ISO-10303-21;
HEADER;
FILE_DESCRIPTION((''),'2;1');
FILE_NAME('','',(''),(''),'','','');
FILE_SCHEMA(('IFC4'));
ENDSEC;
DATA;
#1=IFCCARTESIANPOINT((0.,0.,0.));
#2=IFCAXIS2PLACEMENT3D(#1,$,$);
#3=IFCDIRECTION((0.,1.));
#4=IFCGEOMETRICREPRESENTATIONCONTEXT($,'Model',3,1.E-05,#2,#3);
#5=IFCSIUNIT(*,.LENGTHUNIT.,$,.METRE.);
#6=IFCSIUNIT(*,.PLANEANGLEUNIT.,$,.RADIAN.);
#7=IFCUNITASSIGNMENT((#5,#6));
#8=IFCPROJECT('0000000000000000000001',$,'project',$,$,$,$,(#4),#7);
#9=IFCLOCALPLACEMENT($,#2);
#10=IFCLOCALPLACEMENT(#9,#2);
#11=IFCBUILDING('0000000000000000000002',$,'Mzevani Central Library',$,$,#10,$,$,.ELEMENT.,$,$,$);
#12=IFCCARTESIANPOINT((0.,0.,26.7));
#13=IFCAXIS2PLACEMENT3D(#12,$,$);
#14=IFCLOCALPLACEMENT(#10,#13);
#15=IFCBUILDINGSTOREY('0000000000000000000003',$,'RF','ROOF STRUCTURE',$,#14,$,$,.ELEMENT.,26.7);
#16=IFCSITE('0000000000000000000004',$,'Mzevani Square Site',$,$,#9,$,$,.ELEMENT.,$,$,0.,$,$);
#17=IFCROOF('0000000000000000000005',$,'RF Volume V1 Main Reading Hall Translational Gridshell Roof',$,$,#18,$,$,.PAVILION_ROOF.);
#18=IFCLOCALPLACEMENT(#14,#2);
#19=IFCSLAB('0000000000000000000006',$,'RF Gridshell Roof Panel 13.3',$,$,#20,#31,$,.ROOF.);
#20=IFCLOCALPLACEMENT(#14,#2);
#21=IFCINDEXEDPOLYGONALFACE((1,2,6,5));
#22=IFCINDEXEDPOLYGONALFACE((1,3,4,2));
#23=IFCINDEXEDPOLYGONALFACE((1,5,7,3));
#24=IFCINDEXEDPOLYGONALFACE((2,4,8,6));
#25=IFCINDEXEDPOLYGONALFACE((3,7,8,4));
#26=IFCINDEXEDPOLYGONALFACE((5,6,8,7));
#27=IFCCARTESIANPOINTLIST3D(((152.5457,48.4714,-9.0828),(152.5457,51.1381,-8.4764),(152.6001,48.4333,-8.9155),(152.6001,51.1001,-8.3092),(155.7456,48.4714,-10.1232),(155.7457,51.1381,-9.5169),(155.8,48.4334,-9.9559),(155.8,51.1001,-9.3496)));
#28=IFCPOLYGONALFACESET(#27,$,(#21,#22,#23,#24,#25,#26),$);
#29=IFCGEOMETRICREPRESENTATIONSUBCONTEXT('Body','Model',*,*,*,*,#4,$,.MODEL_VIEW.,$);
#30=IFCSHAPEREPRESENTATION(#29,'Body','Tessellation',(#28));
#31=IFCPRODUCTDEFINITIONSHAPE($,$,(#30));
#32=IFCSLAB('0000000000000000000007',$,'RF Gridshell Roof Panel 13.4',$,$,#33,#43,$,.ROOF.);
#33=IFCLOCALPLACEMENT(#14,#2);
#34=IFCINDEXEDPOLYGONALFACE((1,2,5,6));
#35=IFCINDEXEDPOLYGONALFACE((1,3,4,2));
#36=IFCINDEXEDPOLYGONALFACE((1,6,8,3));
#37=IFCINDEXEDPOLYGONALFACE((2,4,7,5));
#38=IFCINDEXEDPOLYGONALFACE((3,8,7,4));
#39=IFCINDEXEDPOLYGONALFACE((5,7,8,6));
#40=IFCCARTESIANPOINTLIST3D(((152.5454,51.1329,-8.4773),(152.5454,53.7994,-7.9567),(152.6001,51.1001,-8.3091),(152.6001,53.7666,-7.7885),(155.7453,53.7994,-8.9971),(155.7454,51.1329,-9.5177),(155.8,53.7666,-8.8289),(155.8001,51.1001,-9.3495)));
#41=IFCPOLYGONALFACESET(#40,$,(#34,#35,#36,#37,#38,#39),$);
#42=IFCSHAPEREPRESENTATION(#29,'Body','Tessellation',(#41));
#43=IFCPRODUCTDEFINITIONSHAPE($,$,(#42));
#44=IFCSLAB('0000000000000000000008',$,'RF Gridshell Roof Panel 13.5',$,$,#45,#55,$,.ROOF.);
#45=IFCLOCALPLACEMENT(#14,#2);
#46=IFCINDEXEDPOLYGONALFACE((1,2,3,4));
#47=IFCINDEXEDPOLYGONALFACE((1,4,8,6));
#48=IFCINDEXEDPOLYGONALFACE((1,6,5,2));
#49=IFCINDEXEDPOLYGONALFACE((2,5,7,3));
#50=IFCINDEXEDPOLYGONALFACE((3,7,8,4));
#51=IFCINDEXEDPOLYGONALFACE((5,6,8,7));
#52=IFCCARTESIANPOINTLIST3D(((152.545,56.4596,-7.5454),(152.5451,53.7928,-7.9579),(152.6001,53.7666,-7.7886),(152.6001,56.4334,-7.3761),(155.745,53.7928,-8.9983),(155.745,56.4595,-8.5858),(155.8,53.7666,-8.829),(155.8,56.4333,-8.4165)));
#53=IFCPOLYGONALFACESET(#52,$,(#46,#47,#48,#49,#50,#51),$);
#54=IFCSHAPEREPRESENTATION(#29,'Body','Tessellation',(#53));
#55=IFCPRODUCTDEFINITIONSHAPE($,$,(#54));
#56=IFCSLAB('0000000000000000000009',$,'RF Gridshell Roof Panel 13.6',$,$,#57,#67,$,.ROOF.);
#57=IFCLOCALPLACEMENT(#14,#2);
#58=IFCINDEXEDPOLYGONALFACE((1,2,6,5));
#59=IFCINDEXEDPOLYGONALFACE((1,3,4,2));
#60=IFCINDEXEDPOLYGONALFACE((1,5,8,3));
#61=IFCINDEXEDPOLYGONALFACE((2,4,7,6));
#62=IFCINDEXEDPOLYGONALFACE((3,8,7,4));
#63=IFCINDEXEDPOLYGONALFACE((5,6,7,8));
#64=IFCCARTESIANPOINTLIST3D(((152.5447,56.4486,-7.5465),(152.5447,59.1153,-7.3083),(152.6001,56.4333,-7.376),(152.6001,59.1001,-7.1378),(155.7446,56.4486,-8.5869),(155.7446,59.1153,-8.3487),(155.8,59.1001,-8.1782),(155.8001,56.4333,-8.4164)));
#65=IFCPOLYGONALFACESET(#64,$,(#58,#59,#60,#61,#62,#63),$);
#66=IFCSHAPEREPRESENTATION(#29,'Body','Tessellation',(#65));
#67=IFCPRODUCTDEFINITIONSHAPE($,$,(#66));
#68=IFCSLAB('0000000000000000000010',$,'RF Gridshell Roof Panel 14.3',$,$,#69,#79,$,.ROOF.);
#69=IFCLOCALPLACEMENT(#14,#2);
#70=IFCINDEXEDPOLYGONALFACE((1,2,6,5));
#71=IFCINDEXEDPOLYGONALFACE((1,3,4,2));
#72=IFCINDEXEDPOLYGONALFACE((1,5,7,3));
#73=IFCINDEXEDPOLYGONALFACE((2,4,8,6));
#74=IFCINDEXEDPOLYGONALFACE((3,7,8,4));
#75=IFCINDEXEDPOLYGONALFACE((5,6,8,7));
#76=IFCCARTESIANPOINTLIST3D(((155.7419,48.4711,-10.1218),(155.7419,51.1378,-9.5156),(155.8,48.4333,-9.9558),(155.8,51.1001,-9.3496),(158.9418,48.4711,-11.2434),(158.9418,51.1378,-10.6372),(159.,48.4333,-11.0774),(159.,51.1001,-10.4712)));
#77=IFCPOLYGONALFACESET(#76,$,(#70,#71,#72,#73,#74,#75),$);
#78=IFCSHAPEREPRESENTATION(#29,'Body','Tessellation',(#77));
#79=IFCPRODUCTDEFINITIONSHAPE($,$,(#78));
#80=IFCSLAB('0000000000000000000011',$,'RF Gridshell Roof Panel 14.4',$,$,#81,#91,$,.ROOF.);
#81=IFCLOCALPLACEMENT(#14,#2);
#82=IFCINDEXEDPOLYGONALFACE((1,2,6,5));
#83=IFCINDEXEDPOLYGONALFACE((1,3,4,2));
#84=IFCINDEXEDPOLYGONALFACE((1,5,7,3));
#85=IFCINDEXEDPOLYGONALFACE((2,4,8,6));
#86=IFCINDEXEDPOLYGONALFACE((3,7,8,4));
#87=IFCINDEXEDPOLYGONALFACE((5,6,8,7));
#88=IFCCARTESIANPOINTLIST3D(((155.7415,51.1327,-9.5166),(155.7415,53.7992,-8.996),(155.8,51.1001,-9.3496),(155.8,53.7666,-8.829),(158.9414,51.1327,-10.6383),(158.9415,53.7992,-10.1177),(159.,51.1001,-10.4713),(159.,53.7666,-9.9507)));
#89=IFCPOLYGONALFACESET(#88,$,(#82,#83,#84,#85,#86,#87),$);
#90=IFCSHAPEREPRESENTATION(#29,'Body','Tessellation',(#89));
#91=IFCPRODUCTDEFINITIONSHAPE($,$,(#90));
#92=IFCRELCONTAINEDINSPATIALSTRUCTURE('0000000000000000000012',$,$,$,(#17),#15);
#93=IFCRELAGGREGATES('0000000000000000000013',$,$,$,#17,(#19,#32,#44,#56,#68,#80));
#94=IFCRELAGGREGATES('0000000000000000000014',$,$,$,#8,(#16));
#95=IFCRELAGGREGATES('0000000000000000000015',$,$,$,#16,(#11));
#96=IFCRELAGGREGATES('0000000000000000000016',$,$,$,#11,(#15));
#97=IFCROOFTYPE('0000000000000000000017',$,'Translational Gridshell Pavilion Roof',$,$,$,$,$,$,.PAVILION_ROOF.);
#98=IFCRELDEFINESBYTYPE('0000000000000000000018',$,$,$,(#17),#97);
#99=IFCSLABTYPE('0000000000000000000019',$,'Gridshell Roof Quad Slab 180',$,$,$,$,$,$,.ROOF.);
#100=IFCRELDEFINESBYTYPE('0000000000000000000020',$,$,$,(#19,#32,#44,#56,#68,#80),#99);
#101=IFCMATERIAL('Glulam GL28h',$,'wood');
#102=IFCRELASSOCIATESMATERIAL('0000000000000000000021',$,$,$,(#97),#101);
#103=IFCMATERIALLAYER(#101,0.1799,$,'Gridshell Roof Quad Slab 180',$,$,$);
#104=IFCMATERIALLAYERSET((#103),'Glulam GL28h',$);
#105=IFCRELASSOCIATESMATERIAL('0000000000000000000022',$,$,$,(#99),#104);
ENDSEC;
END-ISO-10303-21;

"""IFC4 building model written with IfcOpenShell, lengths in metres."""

from ifc_helpers import new_model, si_unit, direction, frame, origin, place, context, subcontext, project, spatial, polyline, outline, extrude, material, layer, layer_set, type_object, element, aggregate, save


model = new_model("IFC4")

# Units and contexts
model_context = context("Model", 3, precision=1e-05, world=origin(), true_north=direction((0.0, 1.0)))
body_context = subcontext(model_context, "Body", "Model", "MODEL_VIEW")
ifc_project = project(units=[si_unit("LENGTHUNIT", "METRE"), si_unit("PLANEANGLEUNIT", "RADIAN")], contexts=[model_context])

# Site, building, storey
site_placement = place(None, origin())
site = spatial("IfcSite", under=ifc_project, at=site_placement, Name="Mzevani Square Site", CompositionType="ELEMENT", RefElevation=0.0)
building_placement = place(site_placement, origin())
building = spatial("IfcBuilding", under=site, at=building_placement, Name="Mzevani Central Library", CompositionType="ELEMENT")
storey_placement = place(building_placement, frame((0.0, 0.0, 26.7)))
storey = spatial("IfcBuildingStorey", under=building, at=storey_placement, Name="RF", Description="ROOF STRUCTURE", CompositionType="ELEMENT", Elevation=26.7)

# Shared definitions
ifc_material_1 = material(Name="Glulam GL28h", Category="wood")

# Roof, slabs
roof_type = type_object("IfcRoofType", Name="Translational Gridshell Pavilion Roof", PredefinedType="PAVILION_ROOF", material=ifc_material_1)
roof_placement = place(storey_placement, origin())
roof = element("IfcRoof", 1, at=roof_placement, inside=storey, type_object=roof_type, Name="RF Volume V1 Main Reading Hall Translational Gridshell Roof", PredefinedType="PAVILION_ROOF")
ifc_layer_1 = layer(ifc_material_1, 0.1799, Name="Gridshell Roof Quad Slab 180")
ifc_layer_set_1 = layer_set([ifc_layer_1], Name="Glulam GL28h")
slab_type = type_object("IfcSlabType", Name="Gridshell Roof Quad Slab 180", PredefinedType="ROOF", material=ifc_layer_set_1)
slab_1_placement = place(storey_placement, frame((152.6001, 48.4333, -8.9155), z_axis=(0.302215, -0.211339, 0.929517), x_axis=(0.950998, 0.000007, -0.309198)))
slab_1 = element("IfcSlab", 2, at=slab_1_placement, type_object=slab_type, Name="RF Gridshell Roof Panel 13.3", PredefinedType="ROOF", context=body_context, shape_type="SweptSolid", body=[
    extrude(outline(polyline([(0.0, 0.0), (3.3648, 0.0), (3.1774, 2.7284), (-0.1875, 2.7284), (0.0, 0.0)])), origin(), (0.0, 0.0, -1.0), 0.1799),
])
slab_2_placement = place(storey_placement, frame((152.6001, 51.1001, -8.3091), z_axis=(0.304003, -0.18256, 0.935015), x_axis=(0.950997, -0.000006, -0.3092)))
slab_2 = element("IfcSlab", 3, at=slab_2_placement, type_object=slab_type, Name="RF Gridshell Roof Panel 13.4", PredefinedType="ROOF", context=body_context, shape_type="SweptSolid", body=[
    extrude(outline(polyline([(0.0, 0.0), (3.3649, 0.0), (3.2038, 2.7121), (-0.161, 2.7121), (0.0, 0.0)])), origin(), (0.0, 0.0, -1.0), 0.1799),
])
slab_3_placement = place(storey_placement, frame((152.6001, 53.7666, -7.7886), z_axis=(0.305908, -0.145528, 0.940873), x_axis=(0.950997, 0.000005, -0.309199)))
slab_3 = element("IfcSlab", 4, at=slab_3_placement, type_object=slab_type, Name="RF Gridshell Roof Panel 13.5", PredefinedType="ROOF", context=body_context, shape_type="SweptSolid", body=[
    extrude(outline(polyline([(0.0, 0.0), (3.3648, 0.0), (3.2373, 2.6954), (-0.1276, 2.6955), (0.0, 0.0)])), origin(), (0.0, 0.0, -1.0), 0.1799),
])
slab_4_placement = place(storey_placement, frame((152.6001, 56.4333, -7.376), z_axis=(0.30809, -0.084626, 0.947586), x_axis=(0.950997, -0.000003, -0.3092)))
slab_4 = element("IfcSlab", 5, at=slab_4_placement, type_object=slab_type, Name="RF Gridshell Roof Panel 13.6", PredefinedType="ROOF", context=body_context, shape_type="SweptSolid", body=[
    extrude(outline(polyline([(0.0, 0.0), (3.3649, 0.0), (3.2912, 2.6764), (-0.0736, 2.6763), (0.0, 0.0)])), origin(), (0.0, 0.0, -1.0), 0.1799),
])
slab_5_placement = place(storey_placement, frame((155.8, 48.4333, -9.9558), z_axis=(0.323412, -0.209751, 0.922718), x_axis=(0.943711, 0.0, -0.330771)))
slab_5 = element("IfcSlab", 6, at=slab_5_placement, type_object=slab_type, Name="RF Gridshell Roof Panel 14.3", PredefinedType="ROOF", context=body_context, shape_type="SweptSolid", body=[
    extrude(outline(polyline([(0.0, 0.0), (3.3908, 0.0), (3.1903, 2.7274), (-0.2005, 2.7274), (0.0, 0.0)])), origin(), (0.0, 0.0, -1.0), 0.1799),
])
slab_6_placement = place(storey_placement, frame((155.8, 51.1001, -9.3496), z_axis=(0.325326, -0.181205, 0.928077), x_axis=(0.9437, 0.000006, -0.330802)))
slab_6 = element("IfcSlab", 7, at=slab_6_placement, type_object=slab_type, Name="RF Gridshell Roof Panel 14.4", PredefinedType="ROOF", context=body_context, shape_type="SweptSolid", body=[
    extrude(outline(polyline([(0.0, 0.0), (3.3908, 0.0), (3.2186, 2.7114), (-0.1722, 2.7114), (0.0, 0.0)])), origin(), (0.0, 0.0, -1.0), 0.1799),
])
aggregate(roof, [slab_1, slab_2, slab_3, slab_4, slab_5, slab_6])

save(model, "model.ifc")
